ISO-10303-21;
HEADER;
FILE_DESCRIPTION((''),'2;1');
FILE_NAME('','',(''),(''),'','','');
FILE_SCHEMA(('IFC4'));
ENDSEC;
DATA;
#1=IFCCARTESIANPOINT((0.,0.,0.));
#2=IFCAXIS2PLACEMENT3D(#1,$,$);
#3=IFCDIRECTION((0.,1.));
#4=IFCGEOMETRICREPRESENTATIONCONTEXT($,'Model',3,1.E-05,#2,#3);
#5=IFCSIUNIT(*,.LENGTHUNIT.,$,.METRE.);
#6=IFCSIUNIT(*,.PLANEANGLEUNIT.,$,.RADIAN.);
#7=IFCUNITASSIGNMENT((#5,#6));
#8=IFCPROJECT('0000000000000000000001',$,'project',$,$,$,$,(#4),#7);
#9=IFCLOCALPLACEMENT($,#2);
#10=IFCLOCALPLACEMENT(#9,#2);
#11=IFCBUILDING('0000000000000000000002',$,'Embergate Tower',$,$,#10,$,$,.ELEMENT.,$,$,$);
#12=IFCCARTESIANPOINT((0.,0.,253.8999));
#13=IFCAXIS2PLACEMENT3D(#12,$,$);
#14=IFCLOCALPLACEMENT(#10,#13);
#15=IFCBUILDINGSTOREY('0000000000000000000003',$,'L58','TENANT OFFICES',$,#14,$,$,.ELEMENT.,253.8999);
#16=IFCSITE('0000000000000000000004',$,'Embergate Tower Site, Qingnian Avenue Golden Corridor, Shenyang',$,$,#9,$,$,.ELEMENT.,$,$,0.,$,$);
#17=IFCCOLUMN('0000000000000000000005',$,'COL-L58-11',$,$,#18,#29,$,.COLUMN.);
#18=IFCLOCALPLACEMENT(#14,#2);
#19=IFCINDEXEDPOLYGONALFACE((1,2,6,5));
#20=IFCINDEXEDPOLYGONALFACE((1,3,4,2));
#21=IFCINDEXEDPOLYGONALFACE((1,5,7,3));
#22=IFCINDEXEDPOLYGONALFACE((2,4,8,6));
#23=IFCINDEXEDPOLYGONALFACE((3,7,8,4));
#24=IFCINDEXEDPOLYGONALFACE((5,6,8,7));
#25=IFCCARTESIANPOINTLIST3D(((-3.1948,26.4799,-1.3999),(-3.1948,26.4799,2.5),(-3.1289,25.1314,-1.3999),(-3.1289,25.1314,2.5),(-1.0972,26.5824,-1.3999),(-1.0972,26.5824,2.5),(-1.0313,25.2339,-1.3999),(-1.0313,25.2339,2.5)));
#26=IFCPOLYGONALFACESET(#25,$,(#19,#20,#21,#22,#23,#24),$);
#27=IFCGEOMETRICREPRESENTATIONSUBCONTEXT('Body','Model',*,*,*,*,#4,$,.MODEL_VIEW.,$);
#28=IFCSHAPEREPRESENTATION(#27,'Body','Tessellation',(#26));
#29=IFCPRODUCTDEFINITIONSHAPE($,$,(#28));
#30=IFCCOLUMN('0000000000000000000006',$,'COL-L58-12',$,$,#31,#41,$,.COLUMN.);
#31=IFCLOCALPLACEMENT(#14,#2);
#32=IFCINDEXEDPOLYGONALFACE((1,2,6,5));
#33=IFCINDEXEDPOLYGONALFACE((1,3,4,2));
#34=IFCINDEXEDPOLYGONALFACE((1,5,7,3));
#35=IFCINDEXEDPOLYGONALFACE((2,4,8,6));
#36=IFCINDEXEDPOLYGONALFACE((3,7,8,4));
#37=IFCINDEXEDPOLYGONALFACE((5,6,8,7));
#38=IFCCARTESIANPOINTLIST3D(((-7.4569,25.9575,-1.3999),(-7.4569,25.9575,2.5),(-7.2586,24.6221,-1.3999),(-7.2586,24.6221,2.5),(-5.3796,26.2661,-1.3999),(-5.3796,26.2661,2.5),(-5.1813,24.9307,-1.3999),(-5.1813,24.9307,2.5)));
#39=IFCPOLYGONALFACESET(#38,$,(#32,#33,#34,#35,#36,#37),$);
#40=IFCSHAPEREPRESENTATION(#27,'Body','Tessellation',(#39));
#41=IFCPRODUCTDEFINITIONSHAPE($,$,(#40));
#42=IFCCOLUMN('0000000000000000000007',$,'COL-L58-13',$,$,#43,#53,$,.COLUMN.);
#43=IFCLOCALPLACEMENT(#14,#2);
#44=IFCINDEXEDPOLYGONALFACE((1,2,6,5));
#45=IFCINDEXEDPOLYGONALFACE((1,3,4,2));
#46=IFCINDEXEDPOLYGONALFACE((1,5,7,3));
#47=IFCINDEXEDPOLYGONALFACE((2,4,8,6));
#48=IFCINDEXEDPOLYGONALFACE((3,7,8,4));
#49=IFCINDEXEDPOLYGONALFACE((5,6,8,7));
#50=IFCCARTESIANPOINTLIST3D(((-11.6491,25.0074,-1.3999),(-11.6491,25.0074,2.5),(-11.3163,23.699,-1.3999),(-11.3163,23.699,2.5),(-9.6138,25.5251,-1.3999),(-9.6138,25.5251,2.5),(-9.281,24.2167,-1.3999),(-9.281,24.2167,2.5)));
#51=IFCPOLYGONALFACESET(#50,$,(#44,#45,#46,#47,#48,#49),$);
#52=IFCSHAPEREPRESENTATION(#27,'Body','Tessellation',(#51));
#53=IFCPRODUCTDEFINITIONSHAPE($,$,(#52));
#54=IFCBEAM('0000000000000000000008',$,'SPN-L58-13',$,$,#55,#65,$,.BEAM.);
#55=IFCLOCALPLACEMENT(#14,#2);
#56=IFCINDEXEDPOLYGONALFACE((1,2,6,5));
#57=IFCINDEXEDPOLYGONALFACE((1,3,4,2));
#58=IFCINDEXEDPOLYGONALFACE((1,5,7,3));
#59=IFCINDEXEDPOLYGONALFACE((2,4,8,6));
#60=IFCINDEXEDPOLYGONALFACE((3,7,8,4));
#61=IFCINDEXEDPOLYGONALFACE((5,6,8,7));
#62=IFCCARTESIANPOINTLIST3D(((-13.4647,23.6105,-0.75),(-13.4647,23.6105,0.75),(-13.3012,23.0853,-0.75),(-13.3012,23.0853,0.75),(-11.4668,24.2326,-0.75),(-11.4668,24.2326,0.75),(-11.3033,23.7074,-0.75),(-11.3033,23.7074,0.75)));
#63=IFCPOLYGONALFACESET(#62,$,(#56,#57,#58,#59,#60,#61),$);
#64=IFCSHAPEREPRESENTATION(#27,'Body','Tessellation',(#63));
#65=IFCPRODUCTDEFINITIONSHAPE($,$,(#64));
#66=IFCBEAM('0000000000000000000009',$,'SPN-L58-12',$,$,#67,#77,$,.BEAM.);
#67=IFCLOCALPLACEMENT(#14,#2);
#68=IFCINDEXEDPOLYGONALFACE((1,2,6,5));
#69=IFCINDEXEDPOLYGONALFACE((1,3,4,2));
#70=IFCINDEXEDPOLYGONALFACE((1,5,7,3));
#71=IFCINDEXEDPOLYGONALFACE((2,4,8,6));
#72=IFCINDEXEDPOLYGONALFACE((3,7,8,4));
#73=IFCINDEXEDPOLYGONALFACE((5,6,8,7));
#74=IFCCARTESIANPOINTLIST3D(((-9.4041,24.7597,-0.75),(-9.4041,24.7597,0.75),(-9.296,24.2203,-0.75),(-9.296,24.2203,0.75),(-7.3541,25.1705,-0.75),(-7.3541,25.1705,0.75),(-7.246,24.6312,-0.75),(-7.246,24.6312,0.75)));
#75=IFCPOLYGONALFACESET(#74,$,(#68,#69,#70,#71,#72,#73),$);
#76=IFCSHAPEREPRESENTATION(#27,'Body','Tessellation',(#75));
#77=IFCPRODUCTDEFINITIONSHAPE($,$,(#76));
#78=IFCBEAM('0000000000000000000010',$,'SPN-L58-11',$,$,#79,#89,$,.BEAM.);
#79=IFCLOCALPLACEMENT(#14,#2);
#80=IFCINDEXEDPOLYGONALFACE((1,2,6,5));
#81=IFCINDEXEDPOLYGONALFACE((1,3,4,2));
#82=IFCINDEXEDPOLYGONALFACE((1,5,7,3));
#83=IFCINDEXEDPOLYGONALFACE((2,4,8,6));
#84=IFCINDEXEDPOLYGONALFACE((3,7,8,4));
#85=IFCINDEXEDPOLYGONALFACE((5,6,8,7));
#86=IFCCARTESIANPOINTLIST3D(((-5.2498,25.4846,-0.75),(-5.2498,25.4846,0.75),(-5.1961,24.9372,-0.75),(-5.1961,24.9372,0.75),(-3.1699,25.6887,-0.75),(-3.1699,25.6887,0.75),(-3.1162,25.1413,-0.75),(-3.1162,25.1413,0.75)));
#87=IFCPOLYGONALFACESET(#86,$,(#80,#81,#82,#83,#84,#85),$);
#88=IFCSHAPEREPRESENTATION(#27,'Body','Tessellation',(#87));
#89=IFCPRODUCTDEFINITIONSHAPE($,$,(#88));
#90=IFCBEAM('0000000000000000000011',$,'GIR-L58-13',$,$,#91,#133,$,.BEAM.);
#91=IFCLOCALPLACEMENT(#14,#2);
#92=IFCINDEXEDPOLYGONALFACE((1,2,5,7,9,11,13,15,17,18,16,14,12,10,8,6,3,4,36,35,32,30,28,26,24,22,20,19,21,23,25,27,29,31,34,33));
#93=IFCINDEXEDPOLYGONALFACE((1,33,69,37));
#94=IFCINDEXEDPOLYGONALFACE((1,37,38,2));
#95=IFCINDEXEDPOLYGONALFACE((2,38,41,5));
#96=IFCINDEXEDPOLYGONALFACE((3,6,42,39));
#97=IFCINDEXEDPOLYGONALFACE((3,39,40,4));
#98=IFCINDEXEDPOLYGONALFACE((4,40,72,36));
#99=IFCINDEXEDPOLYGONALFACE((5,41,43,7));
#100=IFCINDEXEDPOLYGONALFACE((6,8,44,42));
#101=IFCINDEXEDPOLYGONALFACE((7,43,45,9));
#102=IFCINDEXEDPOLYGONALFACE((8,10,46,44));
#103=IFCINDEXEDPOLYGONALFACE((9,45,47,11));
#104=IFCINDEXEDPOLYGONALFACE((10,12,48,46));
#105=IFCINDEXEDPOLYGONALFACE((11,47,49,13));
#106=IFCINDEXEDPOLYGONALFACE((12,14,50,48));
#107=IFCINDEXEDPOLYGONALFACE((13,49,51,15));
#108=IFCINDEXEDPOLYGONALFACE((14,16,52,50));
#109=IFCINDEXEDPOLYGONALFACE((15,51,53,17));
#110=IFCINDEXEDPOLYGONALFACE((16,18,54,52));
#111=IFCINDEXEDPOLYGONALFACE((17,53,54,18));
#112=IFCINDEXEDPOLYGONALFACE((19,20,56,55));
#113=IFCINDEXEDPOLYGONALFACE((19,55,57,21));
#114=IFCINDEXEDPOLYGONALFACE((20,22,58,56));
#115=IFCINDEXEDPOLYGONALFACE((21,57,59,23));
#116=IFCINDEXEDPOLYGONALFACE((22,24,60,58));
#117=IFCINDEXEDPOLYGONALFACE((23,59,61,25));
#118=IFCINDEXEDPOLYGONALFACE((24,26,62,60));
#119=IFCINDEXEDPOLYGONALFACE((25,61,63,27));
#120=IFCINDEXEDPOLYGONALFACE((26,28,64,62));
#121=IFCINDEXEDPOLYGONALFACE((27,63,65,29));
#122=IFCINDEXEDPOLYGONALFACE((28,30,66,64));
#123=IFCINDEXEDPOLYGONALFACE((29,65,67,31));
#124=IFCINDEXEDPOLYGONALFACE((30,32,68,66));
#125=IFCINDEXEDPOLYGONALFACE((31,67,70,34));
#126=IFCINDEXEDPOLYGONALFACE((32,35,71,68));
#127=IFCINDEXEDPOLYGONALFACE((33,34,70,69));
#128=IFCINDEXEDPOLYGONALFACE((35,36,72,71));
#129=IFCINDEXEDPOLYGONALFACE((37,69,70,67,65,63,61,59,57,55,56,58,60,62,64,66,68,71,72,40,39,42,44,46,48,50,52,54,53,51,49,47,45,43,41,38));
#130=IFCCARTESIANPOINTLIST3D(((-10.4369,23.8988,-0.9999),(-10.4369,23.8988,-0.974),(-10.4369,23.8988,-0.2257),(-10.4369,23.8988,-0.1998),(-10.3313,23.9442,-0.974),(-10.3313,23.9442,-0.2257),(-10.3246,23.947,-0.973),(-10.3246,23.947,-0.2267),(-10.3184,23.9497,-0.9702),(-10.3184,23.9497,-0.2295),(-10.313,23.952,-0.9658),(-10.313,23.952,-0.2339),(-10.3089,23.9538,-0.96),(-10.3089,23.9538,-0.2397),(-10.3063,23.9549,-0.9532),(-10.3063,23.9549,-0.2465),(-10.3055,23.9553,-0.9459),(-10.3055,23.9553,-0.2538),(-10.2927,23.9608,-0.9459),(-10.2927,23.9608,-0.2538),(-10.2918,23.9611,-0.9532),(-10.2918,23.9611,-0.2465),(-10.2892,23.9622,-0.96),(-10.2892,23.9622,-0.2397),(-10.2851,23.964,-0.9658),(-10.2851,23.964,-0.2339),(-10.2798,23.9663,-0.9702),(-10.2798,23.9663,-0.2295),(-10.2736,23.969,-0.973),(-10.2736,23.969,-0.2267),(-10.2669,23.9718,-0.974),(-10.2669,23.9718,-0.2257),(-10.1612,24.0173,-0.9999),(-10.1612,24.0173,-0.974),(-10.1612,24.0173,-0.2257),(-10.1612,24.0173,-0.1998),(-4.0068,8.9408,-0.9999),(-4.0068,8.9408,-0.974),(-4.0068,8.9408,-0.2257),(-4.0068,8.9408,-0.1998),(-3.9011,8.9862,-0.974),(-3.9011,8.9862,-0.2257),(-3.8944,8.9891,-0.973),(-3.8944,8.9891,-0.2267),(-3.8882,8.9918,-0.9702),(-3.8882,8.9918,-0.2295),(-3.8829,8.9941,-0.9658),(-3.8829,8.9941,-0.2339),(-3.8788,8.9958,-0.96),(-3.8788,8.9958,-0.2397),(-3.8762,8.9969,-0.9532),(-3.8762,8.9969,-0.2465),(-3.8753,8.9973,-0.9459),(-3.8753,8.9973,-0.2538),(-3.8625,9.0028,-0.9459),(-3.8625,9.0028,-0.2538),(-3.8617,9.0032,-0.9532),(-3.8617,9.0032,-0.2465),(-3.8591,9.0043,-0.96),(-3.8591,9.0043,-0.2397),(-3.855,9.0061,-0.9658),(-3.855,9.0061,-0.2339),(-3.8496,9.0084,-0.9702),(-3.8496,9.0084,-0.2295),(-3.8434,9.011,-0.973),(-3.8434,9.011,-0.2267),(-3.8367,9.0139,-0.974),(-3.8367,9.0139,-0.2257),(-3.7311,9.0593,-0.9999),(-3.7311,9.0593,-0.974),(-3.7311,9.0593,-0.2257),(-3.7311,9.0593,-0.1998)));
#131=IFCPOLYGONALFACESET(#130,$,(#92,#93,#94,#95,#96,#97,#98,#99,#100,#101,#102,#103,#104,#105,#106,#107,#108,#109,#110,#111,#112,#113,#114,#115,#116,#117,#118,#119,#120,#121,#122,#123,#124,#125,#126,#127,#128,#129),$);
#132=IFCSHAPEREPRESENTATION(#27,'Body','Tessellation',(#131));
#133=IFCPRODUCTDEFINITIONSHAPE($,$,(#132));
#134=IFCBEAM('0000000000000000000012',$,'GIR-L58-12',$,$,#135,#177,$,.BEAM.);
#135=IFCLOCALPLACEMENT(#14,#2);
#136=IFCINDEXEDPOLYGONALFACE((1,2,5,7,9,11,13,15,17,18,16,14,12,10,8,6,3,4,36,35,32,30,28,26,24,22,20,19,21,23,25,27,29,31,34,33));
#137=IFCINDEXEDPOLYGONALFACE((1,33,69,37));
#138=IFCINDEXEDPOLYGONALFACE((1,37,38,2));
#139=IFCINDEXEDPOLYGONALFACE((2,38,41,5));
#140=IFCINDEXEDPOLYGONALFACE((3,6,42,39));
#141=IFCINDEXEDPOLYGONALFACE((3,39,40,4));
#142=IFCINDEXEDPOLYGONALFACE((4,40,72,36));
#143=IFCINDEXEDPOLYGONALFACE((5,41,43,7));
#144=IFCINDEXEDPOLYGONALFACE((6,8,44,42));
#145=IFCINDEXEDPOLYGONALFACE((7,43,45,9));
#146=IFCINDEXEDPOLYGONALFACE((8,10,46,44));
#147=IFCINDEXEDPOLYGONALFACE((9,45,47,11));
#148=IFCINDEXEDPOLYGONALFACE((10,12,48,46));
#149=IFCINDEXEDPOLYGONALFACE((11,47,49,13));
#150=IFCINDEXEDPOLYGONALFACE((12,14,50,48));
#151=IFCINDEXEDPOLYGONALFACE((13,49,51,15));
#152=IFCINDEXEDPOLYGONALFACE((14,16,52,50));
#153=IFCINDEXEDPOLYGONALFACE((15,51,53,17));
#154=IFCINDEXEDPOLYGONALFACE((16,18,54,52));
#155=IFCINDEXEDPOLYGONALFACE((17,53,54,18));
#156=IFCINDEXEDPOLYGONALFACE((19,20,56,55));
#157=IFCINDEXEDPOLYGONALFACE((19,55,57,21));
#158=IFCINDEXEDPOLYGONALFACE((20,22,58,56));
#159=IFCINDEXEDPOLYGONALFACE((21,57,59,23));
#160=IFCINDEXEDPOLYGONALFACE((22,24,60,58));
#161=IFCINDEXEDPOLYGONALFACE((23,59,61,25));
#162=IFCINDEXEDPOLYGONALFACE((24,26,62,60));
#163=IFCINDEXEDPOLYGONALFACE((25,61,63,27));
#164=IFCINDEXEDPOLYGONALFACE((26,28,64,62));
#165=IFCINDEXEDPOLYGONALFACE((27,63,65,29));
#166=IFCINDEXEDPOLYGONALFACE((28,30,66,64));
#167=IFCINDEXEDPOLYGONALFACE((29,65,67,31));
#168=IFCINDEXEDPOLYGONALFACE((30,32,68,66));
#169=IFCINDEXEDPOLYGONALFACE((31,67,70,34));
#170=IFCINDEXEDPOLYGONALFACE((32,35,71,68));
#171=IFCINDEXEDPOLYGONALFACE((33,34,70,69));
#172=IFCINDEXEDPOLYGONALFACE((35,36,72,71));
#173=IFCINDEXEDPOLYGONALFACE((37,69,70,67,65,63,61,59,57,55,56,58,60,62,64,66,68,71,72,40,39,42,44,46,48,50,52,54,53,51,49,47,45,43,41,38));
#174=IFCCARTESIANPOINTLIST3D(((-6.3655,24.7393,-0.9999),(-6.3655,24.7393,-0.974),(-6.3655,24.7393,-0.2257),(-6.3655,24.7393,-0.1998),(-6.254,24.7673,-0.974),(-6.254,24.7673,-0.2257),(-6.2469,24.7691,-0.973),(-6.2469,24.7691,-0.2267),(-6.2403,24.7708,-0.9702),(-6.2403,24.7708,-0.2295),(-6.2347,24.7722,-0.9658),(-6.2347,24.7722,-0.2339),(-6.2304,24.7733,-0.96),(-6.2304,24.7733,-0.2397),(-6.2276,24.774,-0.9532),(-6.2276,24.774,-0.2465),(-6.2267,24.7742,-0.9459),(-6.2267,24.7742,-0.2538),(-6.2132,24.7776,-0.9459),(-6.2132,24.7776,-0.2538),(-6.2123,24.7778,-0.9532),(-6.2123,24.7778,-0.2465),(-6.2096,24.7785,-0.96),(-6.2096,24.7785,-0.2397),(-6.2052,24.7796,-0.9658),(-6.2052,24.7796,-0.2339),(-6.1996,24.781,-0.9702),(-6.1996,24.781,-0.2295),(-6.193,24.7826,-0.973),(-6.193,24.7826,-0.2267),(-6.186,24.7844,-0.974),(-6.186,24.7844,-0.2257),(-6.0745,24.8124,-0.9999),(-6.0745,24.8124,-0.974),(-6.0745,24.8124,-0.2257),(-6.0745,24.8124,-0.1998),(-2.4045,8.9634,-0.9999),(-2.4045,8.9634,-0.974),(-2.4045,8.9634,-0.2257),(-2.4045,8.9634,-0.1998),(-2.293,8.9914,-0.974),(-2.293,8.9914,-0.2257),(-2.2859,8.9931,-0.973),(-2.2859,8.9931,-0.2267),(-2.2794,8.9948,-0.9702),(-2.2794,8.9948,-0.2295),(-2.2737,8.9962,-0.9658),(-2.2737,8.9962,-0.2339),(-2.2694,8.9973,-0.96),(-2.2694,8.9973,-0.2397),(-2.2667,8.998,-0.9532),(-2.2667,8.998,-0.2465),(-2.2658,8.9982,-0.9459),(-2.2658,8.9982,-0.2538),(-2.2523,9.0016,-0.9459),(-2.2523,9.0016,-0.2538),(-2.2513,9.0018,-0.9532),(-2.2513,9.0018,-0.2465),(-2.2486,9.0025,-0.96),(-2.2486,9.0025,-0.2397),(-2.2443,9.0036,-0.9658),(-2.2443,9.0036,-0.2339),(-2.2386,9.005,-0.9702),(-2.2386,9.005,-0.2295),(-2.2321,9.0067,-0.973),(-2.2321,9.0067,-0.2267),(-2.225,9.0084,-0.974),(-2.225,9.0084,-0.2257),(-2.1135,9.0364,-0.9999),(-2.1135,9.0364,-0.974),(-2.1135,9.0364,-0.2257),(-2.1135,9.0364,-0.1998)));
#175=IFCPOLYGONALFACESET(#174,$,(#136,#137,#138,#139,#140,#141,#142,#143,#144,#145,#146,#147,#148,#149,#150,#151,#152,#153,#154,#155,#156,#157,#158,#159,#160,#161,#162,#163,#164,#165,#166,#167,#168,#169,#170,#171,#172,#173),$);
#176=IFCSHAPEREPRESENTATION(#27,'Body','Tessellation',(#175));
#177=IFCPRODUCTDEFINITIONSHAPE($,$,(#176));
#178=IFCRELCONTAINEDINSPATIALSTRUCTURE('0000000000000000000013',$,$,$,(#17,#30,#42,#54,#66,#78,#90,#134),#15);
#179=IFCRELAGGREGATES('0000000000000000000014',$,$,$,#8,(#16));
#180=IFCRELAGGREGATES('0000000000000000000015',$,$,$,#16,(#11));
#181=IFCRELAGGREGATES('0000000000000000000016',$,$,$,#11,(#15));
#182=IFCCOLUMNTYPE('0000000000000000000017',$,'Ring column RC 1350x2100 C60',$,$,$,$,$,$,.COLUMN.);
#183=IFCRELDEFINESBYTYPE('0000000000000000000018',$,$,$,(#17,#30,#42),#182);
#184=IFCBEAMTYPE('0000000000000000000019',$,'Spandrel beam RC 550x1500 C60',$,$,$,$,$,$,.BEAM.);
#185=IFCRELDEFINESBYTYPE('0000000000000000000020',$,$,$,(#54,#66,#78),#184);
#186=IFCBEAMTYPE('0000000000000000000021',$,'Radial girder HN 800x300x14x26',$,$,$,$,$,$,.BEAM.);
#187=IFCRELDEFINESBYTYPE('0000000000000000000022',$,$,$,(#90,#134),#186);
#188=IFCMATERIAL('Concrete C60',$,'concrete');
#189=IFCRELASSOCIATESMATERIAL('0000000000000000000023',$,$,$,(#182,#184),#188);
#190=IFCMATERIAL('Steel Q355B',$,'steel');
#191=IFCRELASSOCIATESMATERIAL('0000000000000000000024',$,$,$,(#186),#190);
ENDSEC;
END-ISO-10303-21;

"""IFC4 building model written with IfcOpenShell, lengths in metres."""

from ifc_helpers import new_model, si_unit, direction, frame, origin, origin_2d, place, context, subcontext, project, spatial, rectangle, i_section, extrude, source, transform, mapped, material, material_profile, profile_set, type_object, element, save


model = new_model("IFC4")

# Units and contexts
model_context = context("Model", 3, precision=1e-05, world=origin(), true_north=direction((0.0, 1.0)))
body_context = subcontext(model_context, "Body", "Model", "MODEL_VIEW")
ifc_project = project(units=[si_unit("LENGTHUNIT", "METRE"), si_unit("PLANEANGLEUNIT", "RADIAN")], contexts=[model_context])

# Site, building, storey
site_placement = place(None, origin())
site = spatial("IfcSite", under=ifc_project, at=site_placement, Name="Embergate Tower Site, Qingnian Avenue Golden Corridor, Shenyang", CompositionType="ELEMENT", RefElevation=0.0)
building_placement = place(site_placement, origin())
building = spatial("IfcBuilding", under=site, at=building_placement, Name="Embergate Tower", CompositionType="ELEMENT")
storey_placement = place(building_placement, frame((0.0, 0.0, 253.8999)))
storey = spatial("IfcBuildingStorey", under=building, at=storey_placement, Name="L58", Description="TENANT OFFICES", CompositionType="ELEMENT", Elevation=253.8999)

# Columns
ifc_material_1 = material(Name="Concrete C60", Category="concrete")
ifc_material_profile_1 = material_profile(ifc_material_1, rectangle(XDim=1.3501, YDim=2.1001, at=origin_2d()), Name="RC 1350x2100")
ifc_profile_set_1 = profile_set([ifc_material_profile_1], Name="Concrete C60")
column_type = type_object("IfcColumnType", Name="Ring column RC 1350x2100 C60", PredefinedType="COLUMN", material=ifc_profile_set_1)
shared_shape_1 = source(origin(), body_context, "Body", "SweptSolid", [
    extrude(rectangle(XDim=1.3501, YDim=2.1001, at=origin_2d()), origin(), (0.0, 0.0, 1.0), 3.8999),
])
for number, where, z_axis, x_axis, name in (
    (1, (-2.113, 25.8569, -1.3999), (0.0, 0.0, 1.0), (-0.048815, 0.998808, 0.0), "COL-L58-11"),
    (2, (-6.3191, 25.4441, -1.3999), (0.0, 0.0, 1.0), (-0.146929, 0.989147, 0.0), "COL-L58-12"),
    (3, (-10.4651, 24.6121, -1.3999), (0.0, 0.0, 1.0), (-0.246509, 0.969141, 0.0), "COL-L58-13"),
):
    element("IfcColumn", number, at=place(storey_placement, frame(where, z_axis=z_axis, x_axis=x_axis)), inside=storey, type_object=column_type, Name=name, PredefinedType="COLUMN", context=body_context, shape_type="MappedRepresentation", body=[
        mapped(shared_shape_1, transform((0.0, 0.0, 0.0))),
    ])

# Beams
ifc_material_profile_2 = material_profile(ifc_material_1, rectangle(XDim=0.55, YDim=1.5, at=origin_2d()), Name="RC 550x1500")
ifc_profile_set_2 = profile_set([ifc_material_profile_2], Name="Concrete C60")
beam_type_1 = type_object("IfcBeamType", Name="Spandrel beam RC 550x1500 C60", PredefinedType="BEAM", material=ifc_profile_set_2)
shared_shape_2 = source(origin(), body_context, "Body", "SweptSolid", [
    extrude(rectangle(XDim=0.55, YDim=1.5, at=origin_2d()), origin(), (0.0, 0.0, 1.0), 2.0925),
])
beam_1_placement = place(storey_placement, frame((-11.385, 23.97, 0.0), z_axis=(-0.954795, -0.297265, 0.0), x_axis=(0.297265, -0.954795, 0.0)))
element("IfcBeam", 4, at=beam_1_placement, inside=storey, type_object=beam_type_1, Name="SPN-L58-13", PredefinedType="BEAM", context=body_context, shape_type="MappedRepresentation", body=[
    mapped(shared_shape_2, transform((0.0, 0.0, 0.0))),
])
shared_shape_3 = source(origin(), body_context, "Body", "SweptSolid", [
    extrude(rectangle(XDim=0.55, YDim=1.5, at=origin_2d()), origin(), (0.0, 0.0, 1.0), 2.0908),
])
beam_2_placement = place(storey_placement, frame((-7.3, 24.9009, 0.0), z_axis=(-0.9805, -0.19652, 0.0), x_axis=(0.19652, -0.9805, 0.0)))
element("IfcBeam", 5, at=beam_2_placement, inside=storey, type_object=beam_type_1, Name="SPN-L58-12", PredefinedType="BEAM", context=body_context, shape_type="MappedRepresentation", body=[
    mapped(shared_shape_3, transform((0.0, 0.0, 0.0))),
])
shared_shape_4 = source(origin(), body_context, "Body", "SweptSolid", [
    extrude(rectangle(XDim=0.55, YDim=1.5, at=origin_2d()), origin(), (0.0, 0.0, 1.0), 2.0898),
])
beam_3_placement = place(storey_placement, frame((-3.1431, 25.415, 0.0), z_axis=(-0.995219, -0.097664, 0.0), x_axis=(0.097664, -0.995219, 0.0)))
element("IfcBeam", 6, at=beam_3_placement, inside=storey, type_object=beam_type_1, Name="SPN-L58-11", PredefinedType="BEAM", context=body_context, shape_type="MappedRepresentation", body=[
    mapped(shared_shape_4, transform((0.0, 0.0, 0.0))),
])
ifc_material_2 = material(Name="Steel Q355B", Category="steel")
ifc_material_profile_3 = material_profile(ifc_material_2, i_section(OverallWidth=0.3, OverallDepth=0.8, WebThickness=0.0139, FlangeThickness=0.0259, FilletRadius=0.0281, at=origin_2d()), Name="HN 800x300x14x26")
ifc_profile_set_3 = profile_set([ifc_material_profile_3], Name="Steel Q355 grade B")
beam_type_2 = type_object("IfcBeamType", Name="Radial girder HN 800x300x14x26", PredefinedType="BEAM", material=ifc_profile_set_3)
shared_shape_5 = source(origin(), body_context, "Body", "SweptSolid", [
    extrude(i_section(OverallWidth=0.3, OverallDepth=0.8, WebThickness=0.0139, FlangeThickness=0.0259, FilletRadius=0.0281, at=origin_2d()), origin(), (0.0, 0.0, 1.0), 16.2815),
])
beam_4_placement = place(storey_placement, frame((-10.2991, 23.958, -0.5999), z_axis=(0.394936, -0.918709, 0.0), x_axis=(0.918709, 0.394936, 0.0)))
element("IfcBeam", 7, at=beam_4_placement, inside=storey, type_object=beam_type_2, Name="GIR-L58-13", PredefinedType="BEAM", context=body_context, shape_type="MappedRepresentation", body=[
    mapped(shared_shape_5, transform((0.0, 0.0, 0.0))),
])
shared_shape_6 = source(origin(), body_context, "Body", "SweptSolid", [
    extrude(i_section(OverallWidth=0.3, OverallDepth=0.8, WebThickness=0.0139, FlangeThickness=0.0259, FilletRadius=0.0281, at=origin_2d()), origin(), (0.0, 0.0, 1.0), 16.2656),
])
beam_5_placement = place(storey_placement, frame((-6.22, 24.7759, -0.5999), z_axis=(0.243517, -0.969897, 0.0), x_axis=(0.969897, 0.243517, 0.0)))
element("IfcBeam", 8, at=beam_5_placement, inside=storey, type_object=beam_type_2, Name="GIR-L58-12", PredefinedType="BEAM", context=body_context, shape_type="MappedRepresentation", body=[
    mapped(shared_shape_6, transform((0.0, 0.0, 0.0))),
])

save(model, "model.ifc")
